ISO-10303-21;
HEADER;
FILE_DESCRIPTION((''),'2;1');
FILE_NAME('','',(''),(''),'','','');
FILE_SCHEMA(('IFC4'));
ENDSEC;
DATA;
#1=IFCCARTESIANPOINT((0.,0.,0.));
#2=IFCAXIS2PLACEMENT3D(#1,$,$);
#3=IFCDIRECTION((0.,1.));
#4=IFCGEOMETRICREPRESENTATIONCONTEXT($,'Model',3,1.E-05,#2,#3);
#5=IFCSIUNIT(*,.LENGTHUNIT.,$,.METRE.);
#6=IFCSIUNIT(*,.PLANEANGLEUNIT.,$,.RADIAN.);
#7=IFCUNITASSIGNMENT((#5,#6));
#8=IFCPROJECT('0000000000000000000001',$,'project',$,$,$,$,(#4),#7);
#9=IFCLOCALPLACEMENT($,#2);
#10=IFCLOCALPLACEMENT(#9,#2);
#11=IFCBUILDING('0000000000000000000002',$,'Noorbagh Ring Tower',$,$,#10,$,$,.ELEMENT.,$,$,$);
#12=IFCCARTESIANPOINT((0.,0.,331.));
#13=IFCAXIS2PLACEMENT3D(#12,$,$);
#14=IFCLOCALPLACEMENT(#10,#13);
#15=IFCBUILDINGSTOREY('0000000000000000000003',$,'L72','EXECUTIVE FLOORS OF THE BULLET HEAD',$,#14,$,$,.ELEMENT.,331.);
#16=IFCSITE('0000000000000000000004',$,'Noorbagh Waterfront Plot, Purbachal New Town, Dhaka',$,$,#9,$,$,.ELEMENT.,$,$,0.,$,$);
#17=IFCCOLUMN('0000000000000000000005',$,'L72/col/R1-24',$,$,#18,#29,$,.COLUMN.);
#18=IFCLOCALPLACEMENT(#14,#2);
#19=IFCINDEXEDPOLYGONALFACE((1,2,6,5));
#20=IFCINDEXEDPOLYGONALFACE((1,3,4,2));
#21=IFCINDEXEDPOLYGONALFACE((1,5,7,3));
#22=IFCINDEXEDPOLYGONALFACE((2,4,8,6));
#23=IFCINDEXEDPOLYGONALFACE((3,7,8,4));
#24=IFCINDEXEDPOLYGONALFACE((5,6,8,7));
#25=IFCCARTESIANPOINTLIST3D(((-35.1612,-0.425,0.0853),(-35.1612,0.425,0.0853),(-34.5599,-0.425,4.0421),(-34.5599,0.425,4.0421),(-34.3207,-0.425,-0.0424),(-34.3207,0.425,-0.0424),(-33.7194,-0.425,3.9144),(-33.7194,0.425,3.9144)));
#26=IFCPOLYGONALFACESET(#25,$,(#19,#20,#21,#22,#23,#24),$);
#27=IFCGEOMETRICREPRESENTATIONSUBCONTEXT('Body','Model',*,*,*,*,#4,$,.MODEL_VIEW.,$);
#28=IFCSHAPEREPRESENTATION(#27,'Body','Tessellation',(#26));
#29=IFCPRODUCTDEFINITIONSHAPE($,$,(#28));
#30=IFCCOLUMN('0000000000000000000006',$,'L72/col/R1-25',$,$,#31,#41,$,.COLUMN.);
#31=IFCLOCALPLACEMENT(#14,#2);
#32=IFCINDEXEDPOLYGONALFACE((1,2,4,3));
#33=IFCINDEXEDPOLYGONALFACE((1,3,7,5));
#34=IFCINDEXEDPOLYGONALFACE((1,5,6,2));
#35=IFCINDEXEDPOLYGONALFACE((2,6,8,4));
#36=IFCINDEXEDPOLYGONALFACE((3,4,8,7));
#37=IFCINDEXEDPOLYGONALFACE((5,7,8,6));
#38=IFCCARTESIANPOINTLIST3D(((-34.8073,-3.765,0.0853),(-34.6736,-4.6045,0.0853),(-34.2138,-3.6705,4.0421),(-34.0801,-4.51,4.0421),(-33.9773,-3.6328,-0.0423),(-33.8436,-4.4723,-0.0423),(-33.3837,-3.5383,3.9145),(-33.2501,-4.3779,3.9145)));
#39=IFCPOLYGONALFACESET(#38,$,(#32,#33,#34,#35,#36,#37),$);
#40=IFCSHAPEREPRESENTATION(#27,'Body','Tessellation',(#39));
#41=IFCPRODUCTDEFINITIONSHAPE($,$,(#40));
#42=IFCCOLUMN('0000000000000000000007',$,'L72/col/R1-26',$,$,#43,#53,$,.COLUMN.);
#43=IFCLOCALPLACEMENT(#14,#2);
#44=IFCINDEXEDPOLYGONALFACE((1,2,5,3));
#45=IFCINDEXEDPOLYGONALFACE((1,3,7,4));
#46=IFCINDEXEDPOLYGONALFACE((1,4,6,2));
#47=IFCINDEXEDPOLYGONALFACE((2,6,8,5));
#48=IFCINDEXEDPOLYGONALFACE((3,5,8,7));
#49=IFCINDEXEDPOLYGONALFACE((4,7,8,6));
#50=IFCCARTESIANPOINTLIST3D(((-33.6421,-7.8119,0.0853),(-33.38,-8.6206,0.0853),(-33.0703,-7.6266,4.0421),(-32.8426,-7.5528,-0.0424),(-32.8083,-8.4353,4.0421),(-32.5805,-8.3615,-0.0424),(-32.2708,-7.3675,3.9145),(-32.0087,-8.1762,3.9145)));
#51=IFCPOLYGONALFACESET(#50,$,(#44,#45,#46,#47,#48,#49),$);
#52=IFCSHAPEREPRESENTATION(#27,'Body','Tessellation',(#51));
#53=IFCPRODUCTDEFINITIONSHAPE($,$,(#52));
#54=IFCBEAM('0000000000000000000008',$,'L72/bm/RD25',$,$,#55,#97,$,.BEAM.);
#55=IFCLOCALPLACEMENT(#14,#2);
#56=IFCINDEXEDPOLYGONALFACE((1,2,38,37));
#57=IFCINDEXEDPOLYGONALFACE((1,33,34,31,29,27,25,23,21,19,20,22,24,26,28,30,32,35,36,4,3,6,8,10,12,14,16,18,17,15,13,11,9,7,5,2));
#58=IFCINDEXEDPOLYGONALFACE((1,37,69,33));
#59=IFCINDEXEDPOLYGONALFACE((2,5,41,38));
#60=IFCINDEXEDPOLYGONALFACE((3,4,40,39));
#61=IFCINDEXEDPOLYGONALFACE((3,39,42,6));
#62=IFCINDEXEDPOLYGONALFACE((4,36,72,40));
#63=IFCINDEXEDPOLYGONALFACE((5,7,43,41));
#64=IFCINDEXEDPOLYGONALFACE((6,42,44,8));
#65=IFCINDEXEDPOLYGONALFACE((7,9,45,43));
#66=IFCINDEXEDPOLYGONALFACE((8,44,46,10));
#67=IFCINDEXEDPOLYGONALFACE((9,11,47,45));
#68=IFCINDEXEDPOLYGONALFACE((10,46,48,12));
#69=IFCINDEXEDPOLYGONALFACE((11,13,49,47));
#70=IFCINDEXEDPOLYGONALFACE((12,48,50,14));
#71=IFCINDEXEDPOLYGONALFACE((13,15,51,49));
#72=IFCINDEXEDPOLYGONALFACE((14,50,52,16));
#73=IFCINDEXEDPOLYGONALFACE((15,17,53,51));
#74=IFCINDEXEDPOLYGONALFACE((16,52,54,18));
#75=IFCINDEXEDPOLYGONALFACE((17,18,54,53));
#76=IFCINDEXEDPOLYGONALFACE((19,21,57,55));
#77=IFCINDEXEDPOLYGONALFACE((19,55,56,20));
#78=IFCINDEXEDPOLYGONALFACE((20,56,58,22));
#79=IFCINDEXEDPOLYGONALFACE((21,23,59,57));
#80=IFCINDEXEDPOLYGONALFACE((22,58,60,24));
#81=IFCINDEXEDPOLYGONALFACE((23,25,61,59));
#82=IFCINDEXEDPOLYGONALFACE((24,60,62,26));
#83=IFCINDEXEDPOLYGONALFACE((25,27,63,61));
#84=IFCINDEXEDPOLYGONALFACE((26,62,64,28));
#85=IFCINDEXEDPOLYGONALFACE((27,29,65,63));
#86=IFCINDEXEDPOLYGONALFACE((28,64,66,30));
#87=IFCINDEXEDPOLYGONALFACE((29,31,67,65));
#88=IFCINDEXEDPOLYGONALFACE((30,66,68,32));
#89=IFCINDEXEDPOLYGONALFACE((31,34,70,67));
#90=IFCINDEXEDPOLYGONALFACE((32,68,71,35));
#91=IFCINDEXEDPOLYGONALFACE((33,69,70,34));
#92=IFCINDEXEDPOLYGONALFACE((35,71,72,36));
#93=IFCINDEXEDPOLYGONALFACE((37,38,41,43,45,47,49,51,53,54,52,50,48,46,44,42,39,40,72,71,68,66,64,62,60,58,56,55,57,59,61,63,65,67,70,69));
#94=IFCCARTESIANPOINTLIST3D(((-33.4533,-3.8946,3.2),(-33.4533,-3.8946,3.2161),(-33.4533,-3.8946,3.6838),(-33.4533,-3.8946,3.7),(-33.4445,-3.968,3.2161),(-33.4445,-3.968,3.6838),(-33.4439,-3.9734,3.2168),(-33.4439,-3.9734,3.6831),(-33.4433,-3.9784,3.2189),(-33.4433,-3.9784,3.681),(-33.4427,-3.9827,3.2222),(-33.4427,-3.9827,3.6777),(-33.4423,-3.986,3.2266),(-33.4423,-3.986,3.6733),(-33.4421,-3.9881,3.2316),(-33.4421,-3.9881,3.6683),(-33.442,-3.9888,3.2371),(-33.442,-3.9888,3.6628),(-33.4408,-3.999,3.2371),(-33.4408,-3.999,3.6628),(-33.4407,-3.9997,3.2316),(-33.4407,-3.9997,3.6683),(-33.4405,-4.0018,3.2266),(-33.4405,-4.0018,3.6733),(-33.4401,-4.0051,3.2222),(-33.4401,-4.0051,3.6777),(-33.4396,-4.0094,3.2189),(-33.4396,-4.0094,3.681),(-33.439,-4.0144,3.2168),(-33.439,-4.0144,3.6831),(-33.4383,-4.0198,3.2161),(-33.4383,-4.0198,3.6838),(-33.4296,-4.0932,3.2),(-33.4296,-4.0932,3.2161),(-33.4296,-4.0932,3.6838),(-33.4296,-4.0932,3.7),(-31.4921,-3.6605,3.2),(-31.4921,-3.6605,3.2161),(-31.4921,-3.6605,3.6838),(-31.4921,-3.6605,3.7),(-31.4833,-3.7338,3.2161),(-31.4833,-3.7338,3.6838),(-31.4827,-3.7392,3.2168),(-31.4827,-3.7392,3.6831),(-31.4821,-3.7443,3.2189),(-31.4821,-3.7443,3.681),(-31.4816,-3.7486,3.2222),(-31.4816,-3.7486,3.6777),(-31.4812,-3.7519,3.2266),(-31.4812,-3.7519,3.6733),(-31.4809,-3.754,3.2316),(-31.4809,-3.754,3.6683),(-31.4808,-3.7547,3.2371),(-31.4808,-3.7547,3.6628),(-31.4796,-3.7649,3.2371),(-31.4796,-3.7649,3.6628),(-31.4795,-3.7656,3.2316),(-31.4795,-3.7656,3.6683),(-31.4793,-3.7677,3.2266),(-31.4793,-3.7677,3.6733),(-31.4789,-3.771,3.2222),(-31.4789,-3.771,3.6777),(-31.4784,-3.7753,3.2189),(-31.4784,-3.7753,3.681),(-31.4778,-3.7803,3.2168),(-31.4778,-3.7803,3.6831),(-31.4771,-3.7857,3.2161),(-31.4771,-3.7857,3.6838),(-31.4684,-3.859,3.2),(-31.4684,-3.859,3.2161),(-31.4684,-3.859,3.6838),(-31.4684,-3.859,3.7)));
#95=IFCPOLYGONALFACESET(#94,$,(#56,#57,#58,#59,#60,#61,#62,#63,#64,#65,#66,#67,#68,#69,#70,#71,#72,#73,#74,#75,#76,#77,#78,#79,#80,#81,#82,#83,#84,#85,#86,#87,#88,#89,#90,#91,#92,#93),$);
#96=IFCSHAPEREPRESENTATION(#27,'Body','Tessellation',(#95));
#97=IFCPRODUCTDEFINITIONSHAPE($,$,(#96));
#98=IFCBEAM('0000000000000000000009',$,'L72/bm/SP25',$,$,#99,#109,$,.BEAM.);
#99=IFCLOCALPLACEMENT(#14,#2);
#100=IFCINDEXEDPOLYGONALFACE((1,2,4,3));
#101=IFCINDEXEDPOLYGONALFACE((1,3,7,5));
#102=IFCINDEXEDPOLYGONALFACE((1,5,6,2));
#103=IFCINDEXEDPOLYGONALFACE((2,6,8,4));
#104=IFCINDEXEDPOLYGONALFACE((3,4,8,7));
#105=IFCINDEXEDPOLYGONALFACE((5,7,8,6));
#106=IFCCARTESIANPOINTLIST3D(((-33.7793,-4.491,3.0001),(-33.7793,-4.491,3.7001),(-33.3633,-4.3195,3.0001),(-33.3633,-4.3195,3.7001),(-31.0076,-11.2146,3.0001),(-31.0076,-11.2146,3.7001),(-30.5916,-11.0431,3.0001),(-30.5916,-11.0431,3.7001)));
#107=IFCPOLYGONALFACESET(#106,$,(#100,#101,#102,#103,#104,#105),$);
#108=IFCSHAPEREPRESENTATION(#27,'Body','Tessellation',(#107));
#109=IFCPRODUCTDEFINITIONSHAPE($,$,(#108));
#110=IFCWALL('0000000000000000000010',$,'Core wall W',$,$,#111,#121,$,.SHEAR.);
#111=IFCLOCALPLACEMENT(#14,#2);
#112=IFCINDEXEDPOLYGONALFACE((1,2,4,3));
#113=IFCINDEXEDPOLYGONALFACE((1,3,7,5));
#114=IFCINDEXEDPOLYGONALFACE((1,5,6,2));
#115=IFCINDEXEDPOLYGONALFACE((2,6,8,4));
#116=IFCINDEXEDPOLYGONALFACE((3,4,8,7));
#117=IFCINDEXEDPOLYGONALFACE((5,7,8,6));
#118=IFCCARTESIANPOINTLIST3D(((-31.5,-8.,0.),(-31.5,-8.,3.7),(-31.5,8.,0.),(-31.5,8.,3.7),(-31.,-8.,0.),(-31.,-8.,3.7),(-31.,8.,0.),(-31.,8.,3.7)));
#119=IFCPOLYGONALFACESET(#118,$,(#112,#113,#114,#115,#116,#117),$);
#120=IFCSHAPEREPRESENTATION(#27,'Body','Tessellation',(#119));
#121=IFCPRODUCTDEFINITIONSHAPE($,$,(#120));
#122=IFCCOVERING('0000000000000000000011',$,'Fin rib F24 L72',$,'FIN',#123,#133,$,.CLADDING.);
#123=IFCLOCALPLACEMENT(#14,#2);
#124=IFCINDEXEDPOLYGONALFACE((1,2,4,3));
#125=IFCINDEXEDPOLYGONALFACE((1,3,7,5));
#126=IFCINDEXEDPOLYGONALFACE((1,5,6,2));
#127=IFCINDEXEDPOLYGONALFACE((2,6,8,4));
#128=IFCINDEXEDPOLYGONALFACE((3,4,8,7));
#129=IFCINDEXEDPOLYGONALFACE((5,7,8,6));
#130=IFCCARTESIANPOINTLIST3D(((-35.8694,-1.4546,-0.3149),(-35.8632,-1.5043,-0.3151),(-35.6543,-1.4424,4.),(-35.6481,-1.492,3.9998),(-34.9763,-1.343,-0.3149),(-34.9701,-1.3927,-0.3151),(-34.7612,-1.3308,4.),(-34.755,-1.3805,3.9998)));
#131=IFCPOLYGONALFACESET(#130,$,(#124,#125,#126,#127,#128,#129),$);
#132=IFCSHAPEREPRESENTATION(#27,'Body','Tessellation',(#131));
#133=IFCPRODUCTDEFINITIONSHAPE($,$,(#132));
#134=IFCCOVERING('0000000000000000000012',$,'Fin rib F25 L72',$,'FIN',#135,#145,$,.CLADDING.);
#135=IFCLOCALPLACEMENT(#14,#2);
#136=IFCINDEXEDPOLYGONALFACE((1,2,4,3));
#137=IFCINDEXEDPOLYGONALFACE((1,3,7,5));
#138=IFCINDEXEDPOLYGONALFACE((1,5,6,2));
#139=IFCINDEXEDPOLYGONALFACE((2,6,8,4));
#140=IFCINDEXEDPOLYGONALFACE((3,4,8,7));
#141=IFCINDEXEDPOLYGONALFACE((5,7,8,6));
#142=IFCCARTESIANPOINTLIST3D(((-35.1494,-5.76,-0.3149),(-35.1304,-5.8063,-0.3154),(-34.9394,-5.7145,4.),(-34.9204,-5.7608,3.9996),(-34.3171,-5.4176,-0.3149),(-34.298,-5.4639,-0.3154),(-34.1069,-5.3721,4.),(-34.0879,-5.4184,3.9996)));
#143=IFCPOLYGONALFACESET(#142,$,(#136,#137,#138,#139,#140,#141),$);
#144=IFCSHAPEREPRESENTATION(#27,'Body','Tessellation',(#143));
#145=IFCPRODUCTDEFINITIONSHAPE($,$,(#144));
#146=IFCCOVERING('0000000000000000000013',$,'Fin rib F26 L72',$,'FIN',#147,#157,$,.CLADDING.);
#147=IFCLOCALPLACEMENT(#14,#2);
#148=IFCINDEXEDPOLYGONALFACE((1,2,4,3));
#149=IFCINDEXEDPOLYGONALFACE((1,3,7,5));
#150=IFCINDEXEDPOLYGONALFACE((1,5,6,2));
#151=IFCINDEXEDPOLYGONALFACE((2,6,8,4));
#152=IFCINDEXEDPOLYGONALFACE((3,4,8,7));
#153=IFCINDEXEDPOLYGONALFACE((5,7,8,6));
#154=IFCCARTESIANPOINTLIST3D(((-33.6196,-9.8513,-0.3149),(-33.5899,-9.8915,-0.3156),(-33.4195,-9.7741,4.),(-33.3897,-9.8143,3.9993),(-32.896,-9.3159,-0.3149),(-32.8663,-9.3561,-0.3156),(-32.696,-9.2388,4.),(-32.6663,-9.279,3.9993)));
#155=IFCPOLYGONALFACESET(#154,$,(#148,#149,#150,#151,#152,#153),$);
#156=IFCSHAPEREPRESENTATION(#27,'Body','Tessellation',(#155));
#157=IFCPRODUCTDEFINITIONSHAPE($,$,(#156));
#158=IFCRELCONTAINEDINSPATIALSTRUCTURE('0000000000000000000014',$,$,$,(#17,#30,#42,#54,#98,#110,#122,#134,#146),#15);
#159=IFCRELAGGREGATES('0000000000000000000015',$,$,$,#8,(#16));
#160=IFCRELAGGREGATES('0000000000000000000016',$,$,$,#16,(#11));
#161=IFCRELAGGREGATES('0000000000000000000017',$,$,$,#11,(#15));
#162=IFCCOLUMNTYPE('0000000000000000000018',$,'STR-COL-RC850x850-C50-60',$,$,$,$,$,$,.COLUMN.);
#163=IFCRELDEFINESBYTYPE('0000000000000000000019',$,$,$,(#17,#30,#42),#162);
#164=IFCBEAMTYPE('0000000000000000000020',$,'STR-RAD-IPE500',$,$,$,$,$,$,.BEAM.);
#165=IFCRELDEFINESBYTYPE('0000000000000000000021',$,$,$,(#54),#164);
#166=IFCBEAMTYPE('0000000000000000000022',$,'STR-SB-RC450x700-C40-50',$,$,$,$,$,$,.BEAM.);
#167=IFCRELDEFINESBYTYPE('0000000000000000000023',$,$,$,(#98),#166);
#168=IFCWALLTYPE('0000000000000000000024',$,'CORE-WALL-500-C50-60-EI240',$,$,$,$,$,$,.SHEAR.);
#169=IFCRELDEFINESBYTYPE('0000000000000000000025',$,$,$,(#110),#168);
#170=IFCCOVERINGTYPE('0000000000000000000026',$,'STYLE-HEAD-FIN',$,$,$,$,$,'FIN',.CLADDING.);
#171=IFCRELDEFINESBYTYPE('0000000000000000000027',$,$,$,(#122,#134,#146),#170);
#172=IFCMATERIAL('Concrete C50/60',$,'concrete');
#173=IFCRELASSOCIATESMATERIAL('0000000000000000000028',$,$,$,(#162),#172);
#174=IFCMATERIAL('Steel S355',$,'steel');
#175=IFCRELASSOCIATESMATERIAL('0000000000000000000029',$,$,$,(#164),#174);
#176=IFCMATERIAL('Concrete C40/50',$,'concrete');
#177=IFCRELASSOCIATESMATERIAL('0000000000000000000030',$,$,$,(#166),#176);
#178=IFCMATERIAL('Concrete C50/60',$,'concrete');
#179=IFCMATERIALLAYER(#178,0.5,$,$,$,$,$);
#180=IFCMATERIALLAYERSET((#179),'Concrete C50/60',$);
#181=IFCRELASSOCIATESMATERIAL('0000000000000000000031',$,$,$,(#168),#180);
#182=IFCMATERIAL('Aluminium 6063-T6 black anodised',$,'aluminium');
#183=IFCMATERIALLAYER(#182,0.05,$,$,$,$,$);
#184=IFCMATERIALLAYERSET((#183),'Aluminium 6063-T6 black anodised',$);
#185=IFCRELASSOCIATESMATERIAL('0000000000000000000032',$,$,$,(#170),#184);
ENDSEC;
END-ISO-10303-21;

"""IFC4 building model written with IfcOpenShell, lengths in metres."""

from ifc_helpers import new_model, si_unit, direction, frame, frame_2d, origin, origin_2d, place, context, subcontext, project, spatial, polyline, rectangle, i_section, outline, extrude, material, layer, layer_set, material_profile, profile_set, type_object, element, save


model = new_model("IFC4")

# Units and contexts
model_context = context("Model", 3, precision=1e-05, world=origin(), true_north=direction((0.0, 1.0)))
body_context = subcontext(model_context, "Body", "Model", "MODEL_VIEW")
ifc_project = project(units=[si_unit("LENGTHUNIT", "METRE"), si_unit("PLANEANGLEUNIT", "RADIAN")], contexts=[model_context])

# Site, building, storey
site_placement = place(None, origin())
site = spatial("IfcSite", under=ifc_project, at=site_placement, Name="Noorbagh Waterfront Plot, Purbachal New Town, Dhaka", CompositionType="ELEMENT", RefElevation=0.0)
building_placement = place(site_placement, origin())
building = spatial("IfcBuilding", under=site, at=building_placement, Name="Noorbagh Ring Tower", CompositionType="ELEMENT")
storey_placement = place(building_placement, frame((0.0, 0.0, 331.0)))
storey = spatial("IfcBuildingStorey", under=building, at=storey_placement, Name="L72", Description="EXECUTIVE FLOORS OF THE BULLET HEAD", CompositionType="ELEMENT", Elevation=331.0)

# Columns
ifc_material_1 = material(Name="Concrete C50/60", Category="concrete")
ifc_material_profile_1 = material_profile(ifc_material_1, rectangle(XDim=0.8501, YDim=0.8501, at=origin_2d()), Name="RC850x850")
ifc_profile_set_1 = profile_set([ifc_material_profile_1], Name="Concrete C50/60")
column_type = type_object("IfcColumnType", Name="STR-COL-RC850x850-C50-60", PredefinedType="COLUMN", material=ifc_profile_set_1)
for number, where, z_axis, x_axis, name in (
    (1, (-34.741, 0.0, 0.0215), (0.150246, 0.0, 0.988649), (0.0, 1.0, 0.0), "L72/col/R1-24"),
    (2, (-34.3254, -4.1187, 0.0215), (0.148296, 0.023608, 0.988661), (-0.157214, 0.987565, 0.0), "L72/col/R1-25"),
    (3, (-33.1113, -8.0867, 0.0215), (0.142867, 0.0463, 0.988658), (-0.308296, 0.95129, 0.0), "L72/col/R1-26"),
):
    element("IfcColumn", number, at=place(storey_placement, frame(where, z_axis=z_axis, x_axis=x_axis)), inside=storey, type_object=column_type, Name=name, PredefinedType="COLUMN", context=body_context, shape_type="SweptSolid", body=[
        extrude(rectangle(XDim=0.8501, YDim=0.8501, at=origin_2d()), origin(), (0.0, 0.0, 1.0), 4.0022),
    ])

# Beams
ifc_material_2 = material(Name="Steel S355", Category="steel")
ifc_material_profile_2 = material_profile(ifc_material_2, i_section(OverallWidth=0.2, OverallDepth=0.5, WebThickness=0.0103, FlangeThickness=0.0161, FilletRadius=0.021, at=origin_2d()), Name="IPE500")
ifc_profile_set_2 = profile_set([ifc_material_profile_2], Name="Steel S355")
beam_type_1 = type_object("IfcBeamType", Name="STR-RAD-IPE500", PredefinedType="BEAM", material=ifc_profile_set_2)
beam_1_placement = place(storey_placement, frame((-33.4414, -3.9939, 3.45), z_axis=(0.992949, 0.118541, 0.0), x_axis=(-0.118541, 0.992949, 0.0)))
element("IfcBeam", 4, at=beam_1_placement, inside=storey, type_object=beam_type_1, Name="L72/bm/RD25", PredefinedType="BEAM", context=body_context, shape_type="SweptSolid", body=[
    extrude(i_section(OverallWidth=0.2, OverallDepth=0.5, WebThickness=0.0103, FlangeThickness=0.0161, FilletRadius=0.021, at=origin_2d()), origin(), (0.0, 0.0, 1.0), 1.9751),
])
ifc_material_3 = material(Name="Concrete C40/50", Category="concrete")
ifc_material_profile_3 = material_profile(ifc_material_3, rectangle(XDim=0.45, YDim=0.7, at=origin_2d()), Name="RC450x700")
ifc_profile_set_3 = profile_set([ifc_material_profile_3], Name="Concrete C40/50")
beam_type_2 = type_object("IfcBeamType", Name="STR-SB-RC450x700-C40-50", PredefinedType="BEAM", material=ifc_profile_set_3)
beam_2_placement = place(storey_placement, frame((-33.5713, -4.4053, 3.3501), z_axis=(0.381123, -0.924524, 0.0), x_axis=(0.924524, 0.381123, 0.0)))
element("IfcBeam", 5, at=beam_2_placement, inside=storey, type_object=beam_type_2, Name="L72/bm/SP25", PredefinedType="BEAM", context=body_context, shape_type="SweptSolid", body=[
    extrude(rectangle(XDim=0.45, YDim=0.7, at=origin_2d()), origin(), (0.0, 0.0, 1.0), 7.2725),
])

# Wall
ifc_material_4 = material(Name="Concrete C50/60", Category="concrete")
ifc_layer_1 = layer(ifc_material_4, 0.5)
ifc_layer_set_1 = layer_set([ifc_layer_1], Name="Concrete C50/60")
wall_type = type_object("IfcWallType", Name="CORE-WALL-500-C50-60-EI240", PredefinedType="SHEAR", material=ifc_layer_set_1)
wall_placement = place(storey_placement, frame((-31.25, -8.0, 0.0), z_axis=(0.0, 0.0, 1.0), x_axis=(0.0, 1.0, 0.0)))
element("IfcWall", 6, at=wall_placement, inside=storey, type_object=wall_type, Name="Core wall W", PredefinedType="SHEAR", context=body_context, shape_type="SweptSolid", body=[
    extrude(rectangle(XDim=16.0, YDim=0.5, at=frame_2d((8.0, 0.0))), origin(), (0.0, 0.0, 1.0), 3.7),
])

# Coverings
ifc_material_5 = material(Name="Aluminium 6063-T6 black anodised", Category="aluminium")
ifc_layer_2 = layer(ifc_material_5, 0.05)
ifc_layer_set_2 = layer_set([ifc_layer_2], Name="Aluminium 6063-T6 black anodised")
covering_type_1 = type_object("IfcCoveringType", Name="STYLE-HEAD-FIN", ElementType="FIN", PredefinedType="CLADDING", material=ifc_layer_set_2)
covering_1_placement = place(storey_placement, frame((-35.8694, -1.4546, -0.3149), z_axis=(-0.123967, 0.992281, 0.003372), x_axis=(0.049785, 0.002825, 0.998756)))
element("IfcCovering", 7, at=covering_1_placement, inside=storey, type_object=covering_type_1, Name="Fin rib F24 L72", ObjectType="FIN", PredefinedType="CLADDING", context=body_context, shape_type="SweptSolid", body=[
    extrude(outline(polyline([(0.0, 0.0), (4.3203, 0.0), (4.3651, 0.8989), (0.0448, 0.8989), (0.0, 0.0)])), origin(), (0.0, 0.0, -1.0), 0.05),
])
covering_2_placement = place(storey_placement, frame((-35.1494, -5.76, -0.3149), z_axis=(-0.380408, 0.924777, 0.008763), x_axis=(0.048613, 0.010533, 0.998762)))
element("IfcCovering", 8, at=covering_2_placement, inside=storey, type_object=covering_type_1, Name="Fin rib F25 L72", ObjectType="FIN", PredefinedType="CLADDING", context=body_context, shape_type="SweptSolid", body=[
    extrude(outline(polyline([(0.0, 0.0), (4.3203, 0.0), (4.3644, 0.8991), (0.0441, 0.8989), (0.0, 0.0)])), origin(), (0.0, 0.0, -1.0), 0.05),
])
covering_3_placement = place(storey_placement, frame((-33.6196, -9.8513, -0.3149), z_axis=(-0.594793, 0.80377, 0.013208), x_axis=(0.046329, 0.017871, 0.998766)))
element("IfcCovering", 9, at=covering_3_placement, inside=storey, type_object=covering_type_1, Name="Fin rib F26 L72", ObjectType="FIN", PredefinedType="CLADDING", context=body_context, shape_type="SweptSolid", body=[
    extrude(outline(polyline([(0.0, 0.0), (4.3203, 0.0), (4.3634, 0.8989), (0.0431, 0.8991), (0.0, 0.0)])), origin(), (0.0, 0.0, -1.0), 0.05),
])

save(model, "model.ifc")
